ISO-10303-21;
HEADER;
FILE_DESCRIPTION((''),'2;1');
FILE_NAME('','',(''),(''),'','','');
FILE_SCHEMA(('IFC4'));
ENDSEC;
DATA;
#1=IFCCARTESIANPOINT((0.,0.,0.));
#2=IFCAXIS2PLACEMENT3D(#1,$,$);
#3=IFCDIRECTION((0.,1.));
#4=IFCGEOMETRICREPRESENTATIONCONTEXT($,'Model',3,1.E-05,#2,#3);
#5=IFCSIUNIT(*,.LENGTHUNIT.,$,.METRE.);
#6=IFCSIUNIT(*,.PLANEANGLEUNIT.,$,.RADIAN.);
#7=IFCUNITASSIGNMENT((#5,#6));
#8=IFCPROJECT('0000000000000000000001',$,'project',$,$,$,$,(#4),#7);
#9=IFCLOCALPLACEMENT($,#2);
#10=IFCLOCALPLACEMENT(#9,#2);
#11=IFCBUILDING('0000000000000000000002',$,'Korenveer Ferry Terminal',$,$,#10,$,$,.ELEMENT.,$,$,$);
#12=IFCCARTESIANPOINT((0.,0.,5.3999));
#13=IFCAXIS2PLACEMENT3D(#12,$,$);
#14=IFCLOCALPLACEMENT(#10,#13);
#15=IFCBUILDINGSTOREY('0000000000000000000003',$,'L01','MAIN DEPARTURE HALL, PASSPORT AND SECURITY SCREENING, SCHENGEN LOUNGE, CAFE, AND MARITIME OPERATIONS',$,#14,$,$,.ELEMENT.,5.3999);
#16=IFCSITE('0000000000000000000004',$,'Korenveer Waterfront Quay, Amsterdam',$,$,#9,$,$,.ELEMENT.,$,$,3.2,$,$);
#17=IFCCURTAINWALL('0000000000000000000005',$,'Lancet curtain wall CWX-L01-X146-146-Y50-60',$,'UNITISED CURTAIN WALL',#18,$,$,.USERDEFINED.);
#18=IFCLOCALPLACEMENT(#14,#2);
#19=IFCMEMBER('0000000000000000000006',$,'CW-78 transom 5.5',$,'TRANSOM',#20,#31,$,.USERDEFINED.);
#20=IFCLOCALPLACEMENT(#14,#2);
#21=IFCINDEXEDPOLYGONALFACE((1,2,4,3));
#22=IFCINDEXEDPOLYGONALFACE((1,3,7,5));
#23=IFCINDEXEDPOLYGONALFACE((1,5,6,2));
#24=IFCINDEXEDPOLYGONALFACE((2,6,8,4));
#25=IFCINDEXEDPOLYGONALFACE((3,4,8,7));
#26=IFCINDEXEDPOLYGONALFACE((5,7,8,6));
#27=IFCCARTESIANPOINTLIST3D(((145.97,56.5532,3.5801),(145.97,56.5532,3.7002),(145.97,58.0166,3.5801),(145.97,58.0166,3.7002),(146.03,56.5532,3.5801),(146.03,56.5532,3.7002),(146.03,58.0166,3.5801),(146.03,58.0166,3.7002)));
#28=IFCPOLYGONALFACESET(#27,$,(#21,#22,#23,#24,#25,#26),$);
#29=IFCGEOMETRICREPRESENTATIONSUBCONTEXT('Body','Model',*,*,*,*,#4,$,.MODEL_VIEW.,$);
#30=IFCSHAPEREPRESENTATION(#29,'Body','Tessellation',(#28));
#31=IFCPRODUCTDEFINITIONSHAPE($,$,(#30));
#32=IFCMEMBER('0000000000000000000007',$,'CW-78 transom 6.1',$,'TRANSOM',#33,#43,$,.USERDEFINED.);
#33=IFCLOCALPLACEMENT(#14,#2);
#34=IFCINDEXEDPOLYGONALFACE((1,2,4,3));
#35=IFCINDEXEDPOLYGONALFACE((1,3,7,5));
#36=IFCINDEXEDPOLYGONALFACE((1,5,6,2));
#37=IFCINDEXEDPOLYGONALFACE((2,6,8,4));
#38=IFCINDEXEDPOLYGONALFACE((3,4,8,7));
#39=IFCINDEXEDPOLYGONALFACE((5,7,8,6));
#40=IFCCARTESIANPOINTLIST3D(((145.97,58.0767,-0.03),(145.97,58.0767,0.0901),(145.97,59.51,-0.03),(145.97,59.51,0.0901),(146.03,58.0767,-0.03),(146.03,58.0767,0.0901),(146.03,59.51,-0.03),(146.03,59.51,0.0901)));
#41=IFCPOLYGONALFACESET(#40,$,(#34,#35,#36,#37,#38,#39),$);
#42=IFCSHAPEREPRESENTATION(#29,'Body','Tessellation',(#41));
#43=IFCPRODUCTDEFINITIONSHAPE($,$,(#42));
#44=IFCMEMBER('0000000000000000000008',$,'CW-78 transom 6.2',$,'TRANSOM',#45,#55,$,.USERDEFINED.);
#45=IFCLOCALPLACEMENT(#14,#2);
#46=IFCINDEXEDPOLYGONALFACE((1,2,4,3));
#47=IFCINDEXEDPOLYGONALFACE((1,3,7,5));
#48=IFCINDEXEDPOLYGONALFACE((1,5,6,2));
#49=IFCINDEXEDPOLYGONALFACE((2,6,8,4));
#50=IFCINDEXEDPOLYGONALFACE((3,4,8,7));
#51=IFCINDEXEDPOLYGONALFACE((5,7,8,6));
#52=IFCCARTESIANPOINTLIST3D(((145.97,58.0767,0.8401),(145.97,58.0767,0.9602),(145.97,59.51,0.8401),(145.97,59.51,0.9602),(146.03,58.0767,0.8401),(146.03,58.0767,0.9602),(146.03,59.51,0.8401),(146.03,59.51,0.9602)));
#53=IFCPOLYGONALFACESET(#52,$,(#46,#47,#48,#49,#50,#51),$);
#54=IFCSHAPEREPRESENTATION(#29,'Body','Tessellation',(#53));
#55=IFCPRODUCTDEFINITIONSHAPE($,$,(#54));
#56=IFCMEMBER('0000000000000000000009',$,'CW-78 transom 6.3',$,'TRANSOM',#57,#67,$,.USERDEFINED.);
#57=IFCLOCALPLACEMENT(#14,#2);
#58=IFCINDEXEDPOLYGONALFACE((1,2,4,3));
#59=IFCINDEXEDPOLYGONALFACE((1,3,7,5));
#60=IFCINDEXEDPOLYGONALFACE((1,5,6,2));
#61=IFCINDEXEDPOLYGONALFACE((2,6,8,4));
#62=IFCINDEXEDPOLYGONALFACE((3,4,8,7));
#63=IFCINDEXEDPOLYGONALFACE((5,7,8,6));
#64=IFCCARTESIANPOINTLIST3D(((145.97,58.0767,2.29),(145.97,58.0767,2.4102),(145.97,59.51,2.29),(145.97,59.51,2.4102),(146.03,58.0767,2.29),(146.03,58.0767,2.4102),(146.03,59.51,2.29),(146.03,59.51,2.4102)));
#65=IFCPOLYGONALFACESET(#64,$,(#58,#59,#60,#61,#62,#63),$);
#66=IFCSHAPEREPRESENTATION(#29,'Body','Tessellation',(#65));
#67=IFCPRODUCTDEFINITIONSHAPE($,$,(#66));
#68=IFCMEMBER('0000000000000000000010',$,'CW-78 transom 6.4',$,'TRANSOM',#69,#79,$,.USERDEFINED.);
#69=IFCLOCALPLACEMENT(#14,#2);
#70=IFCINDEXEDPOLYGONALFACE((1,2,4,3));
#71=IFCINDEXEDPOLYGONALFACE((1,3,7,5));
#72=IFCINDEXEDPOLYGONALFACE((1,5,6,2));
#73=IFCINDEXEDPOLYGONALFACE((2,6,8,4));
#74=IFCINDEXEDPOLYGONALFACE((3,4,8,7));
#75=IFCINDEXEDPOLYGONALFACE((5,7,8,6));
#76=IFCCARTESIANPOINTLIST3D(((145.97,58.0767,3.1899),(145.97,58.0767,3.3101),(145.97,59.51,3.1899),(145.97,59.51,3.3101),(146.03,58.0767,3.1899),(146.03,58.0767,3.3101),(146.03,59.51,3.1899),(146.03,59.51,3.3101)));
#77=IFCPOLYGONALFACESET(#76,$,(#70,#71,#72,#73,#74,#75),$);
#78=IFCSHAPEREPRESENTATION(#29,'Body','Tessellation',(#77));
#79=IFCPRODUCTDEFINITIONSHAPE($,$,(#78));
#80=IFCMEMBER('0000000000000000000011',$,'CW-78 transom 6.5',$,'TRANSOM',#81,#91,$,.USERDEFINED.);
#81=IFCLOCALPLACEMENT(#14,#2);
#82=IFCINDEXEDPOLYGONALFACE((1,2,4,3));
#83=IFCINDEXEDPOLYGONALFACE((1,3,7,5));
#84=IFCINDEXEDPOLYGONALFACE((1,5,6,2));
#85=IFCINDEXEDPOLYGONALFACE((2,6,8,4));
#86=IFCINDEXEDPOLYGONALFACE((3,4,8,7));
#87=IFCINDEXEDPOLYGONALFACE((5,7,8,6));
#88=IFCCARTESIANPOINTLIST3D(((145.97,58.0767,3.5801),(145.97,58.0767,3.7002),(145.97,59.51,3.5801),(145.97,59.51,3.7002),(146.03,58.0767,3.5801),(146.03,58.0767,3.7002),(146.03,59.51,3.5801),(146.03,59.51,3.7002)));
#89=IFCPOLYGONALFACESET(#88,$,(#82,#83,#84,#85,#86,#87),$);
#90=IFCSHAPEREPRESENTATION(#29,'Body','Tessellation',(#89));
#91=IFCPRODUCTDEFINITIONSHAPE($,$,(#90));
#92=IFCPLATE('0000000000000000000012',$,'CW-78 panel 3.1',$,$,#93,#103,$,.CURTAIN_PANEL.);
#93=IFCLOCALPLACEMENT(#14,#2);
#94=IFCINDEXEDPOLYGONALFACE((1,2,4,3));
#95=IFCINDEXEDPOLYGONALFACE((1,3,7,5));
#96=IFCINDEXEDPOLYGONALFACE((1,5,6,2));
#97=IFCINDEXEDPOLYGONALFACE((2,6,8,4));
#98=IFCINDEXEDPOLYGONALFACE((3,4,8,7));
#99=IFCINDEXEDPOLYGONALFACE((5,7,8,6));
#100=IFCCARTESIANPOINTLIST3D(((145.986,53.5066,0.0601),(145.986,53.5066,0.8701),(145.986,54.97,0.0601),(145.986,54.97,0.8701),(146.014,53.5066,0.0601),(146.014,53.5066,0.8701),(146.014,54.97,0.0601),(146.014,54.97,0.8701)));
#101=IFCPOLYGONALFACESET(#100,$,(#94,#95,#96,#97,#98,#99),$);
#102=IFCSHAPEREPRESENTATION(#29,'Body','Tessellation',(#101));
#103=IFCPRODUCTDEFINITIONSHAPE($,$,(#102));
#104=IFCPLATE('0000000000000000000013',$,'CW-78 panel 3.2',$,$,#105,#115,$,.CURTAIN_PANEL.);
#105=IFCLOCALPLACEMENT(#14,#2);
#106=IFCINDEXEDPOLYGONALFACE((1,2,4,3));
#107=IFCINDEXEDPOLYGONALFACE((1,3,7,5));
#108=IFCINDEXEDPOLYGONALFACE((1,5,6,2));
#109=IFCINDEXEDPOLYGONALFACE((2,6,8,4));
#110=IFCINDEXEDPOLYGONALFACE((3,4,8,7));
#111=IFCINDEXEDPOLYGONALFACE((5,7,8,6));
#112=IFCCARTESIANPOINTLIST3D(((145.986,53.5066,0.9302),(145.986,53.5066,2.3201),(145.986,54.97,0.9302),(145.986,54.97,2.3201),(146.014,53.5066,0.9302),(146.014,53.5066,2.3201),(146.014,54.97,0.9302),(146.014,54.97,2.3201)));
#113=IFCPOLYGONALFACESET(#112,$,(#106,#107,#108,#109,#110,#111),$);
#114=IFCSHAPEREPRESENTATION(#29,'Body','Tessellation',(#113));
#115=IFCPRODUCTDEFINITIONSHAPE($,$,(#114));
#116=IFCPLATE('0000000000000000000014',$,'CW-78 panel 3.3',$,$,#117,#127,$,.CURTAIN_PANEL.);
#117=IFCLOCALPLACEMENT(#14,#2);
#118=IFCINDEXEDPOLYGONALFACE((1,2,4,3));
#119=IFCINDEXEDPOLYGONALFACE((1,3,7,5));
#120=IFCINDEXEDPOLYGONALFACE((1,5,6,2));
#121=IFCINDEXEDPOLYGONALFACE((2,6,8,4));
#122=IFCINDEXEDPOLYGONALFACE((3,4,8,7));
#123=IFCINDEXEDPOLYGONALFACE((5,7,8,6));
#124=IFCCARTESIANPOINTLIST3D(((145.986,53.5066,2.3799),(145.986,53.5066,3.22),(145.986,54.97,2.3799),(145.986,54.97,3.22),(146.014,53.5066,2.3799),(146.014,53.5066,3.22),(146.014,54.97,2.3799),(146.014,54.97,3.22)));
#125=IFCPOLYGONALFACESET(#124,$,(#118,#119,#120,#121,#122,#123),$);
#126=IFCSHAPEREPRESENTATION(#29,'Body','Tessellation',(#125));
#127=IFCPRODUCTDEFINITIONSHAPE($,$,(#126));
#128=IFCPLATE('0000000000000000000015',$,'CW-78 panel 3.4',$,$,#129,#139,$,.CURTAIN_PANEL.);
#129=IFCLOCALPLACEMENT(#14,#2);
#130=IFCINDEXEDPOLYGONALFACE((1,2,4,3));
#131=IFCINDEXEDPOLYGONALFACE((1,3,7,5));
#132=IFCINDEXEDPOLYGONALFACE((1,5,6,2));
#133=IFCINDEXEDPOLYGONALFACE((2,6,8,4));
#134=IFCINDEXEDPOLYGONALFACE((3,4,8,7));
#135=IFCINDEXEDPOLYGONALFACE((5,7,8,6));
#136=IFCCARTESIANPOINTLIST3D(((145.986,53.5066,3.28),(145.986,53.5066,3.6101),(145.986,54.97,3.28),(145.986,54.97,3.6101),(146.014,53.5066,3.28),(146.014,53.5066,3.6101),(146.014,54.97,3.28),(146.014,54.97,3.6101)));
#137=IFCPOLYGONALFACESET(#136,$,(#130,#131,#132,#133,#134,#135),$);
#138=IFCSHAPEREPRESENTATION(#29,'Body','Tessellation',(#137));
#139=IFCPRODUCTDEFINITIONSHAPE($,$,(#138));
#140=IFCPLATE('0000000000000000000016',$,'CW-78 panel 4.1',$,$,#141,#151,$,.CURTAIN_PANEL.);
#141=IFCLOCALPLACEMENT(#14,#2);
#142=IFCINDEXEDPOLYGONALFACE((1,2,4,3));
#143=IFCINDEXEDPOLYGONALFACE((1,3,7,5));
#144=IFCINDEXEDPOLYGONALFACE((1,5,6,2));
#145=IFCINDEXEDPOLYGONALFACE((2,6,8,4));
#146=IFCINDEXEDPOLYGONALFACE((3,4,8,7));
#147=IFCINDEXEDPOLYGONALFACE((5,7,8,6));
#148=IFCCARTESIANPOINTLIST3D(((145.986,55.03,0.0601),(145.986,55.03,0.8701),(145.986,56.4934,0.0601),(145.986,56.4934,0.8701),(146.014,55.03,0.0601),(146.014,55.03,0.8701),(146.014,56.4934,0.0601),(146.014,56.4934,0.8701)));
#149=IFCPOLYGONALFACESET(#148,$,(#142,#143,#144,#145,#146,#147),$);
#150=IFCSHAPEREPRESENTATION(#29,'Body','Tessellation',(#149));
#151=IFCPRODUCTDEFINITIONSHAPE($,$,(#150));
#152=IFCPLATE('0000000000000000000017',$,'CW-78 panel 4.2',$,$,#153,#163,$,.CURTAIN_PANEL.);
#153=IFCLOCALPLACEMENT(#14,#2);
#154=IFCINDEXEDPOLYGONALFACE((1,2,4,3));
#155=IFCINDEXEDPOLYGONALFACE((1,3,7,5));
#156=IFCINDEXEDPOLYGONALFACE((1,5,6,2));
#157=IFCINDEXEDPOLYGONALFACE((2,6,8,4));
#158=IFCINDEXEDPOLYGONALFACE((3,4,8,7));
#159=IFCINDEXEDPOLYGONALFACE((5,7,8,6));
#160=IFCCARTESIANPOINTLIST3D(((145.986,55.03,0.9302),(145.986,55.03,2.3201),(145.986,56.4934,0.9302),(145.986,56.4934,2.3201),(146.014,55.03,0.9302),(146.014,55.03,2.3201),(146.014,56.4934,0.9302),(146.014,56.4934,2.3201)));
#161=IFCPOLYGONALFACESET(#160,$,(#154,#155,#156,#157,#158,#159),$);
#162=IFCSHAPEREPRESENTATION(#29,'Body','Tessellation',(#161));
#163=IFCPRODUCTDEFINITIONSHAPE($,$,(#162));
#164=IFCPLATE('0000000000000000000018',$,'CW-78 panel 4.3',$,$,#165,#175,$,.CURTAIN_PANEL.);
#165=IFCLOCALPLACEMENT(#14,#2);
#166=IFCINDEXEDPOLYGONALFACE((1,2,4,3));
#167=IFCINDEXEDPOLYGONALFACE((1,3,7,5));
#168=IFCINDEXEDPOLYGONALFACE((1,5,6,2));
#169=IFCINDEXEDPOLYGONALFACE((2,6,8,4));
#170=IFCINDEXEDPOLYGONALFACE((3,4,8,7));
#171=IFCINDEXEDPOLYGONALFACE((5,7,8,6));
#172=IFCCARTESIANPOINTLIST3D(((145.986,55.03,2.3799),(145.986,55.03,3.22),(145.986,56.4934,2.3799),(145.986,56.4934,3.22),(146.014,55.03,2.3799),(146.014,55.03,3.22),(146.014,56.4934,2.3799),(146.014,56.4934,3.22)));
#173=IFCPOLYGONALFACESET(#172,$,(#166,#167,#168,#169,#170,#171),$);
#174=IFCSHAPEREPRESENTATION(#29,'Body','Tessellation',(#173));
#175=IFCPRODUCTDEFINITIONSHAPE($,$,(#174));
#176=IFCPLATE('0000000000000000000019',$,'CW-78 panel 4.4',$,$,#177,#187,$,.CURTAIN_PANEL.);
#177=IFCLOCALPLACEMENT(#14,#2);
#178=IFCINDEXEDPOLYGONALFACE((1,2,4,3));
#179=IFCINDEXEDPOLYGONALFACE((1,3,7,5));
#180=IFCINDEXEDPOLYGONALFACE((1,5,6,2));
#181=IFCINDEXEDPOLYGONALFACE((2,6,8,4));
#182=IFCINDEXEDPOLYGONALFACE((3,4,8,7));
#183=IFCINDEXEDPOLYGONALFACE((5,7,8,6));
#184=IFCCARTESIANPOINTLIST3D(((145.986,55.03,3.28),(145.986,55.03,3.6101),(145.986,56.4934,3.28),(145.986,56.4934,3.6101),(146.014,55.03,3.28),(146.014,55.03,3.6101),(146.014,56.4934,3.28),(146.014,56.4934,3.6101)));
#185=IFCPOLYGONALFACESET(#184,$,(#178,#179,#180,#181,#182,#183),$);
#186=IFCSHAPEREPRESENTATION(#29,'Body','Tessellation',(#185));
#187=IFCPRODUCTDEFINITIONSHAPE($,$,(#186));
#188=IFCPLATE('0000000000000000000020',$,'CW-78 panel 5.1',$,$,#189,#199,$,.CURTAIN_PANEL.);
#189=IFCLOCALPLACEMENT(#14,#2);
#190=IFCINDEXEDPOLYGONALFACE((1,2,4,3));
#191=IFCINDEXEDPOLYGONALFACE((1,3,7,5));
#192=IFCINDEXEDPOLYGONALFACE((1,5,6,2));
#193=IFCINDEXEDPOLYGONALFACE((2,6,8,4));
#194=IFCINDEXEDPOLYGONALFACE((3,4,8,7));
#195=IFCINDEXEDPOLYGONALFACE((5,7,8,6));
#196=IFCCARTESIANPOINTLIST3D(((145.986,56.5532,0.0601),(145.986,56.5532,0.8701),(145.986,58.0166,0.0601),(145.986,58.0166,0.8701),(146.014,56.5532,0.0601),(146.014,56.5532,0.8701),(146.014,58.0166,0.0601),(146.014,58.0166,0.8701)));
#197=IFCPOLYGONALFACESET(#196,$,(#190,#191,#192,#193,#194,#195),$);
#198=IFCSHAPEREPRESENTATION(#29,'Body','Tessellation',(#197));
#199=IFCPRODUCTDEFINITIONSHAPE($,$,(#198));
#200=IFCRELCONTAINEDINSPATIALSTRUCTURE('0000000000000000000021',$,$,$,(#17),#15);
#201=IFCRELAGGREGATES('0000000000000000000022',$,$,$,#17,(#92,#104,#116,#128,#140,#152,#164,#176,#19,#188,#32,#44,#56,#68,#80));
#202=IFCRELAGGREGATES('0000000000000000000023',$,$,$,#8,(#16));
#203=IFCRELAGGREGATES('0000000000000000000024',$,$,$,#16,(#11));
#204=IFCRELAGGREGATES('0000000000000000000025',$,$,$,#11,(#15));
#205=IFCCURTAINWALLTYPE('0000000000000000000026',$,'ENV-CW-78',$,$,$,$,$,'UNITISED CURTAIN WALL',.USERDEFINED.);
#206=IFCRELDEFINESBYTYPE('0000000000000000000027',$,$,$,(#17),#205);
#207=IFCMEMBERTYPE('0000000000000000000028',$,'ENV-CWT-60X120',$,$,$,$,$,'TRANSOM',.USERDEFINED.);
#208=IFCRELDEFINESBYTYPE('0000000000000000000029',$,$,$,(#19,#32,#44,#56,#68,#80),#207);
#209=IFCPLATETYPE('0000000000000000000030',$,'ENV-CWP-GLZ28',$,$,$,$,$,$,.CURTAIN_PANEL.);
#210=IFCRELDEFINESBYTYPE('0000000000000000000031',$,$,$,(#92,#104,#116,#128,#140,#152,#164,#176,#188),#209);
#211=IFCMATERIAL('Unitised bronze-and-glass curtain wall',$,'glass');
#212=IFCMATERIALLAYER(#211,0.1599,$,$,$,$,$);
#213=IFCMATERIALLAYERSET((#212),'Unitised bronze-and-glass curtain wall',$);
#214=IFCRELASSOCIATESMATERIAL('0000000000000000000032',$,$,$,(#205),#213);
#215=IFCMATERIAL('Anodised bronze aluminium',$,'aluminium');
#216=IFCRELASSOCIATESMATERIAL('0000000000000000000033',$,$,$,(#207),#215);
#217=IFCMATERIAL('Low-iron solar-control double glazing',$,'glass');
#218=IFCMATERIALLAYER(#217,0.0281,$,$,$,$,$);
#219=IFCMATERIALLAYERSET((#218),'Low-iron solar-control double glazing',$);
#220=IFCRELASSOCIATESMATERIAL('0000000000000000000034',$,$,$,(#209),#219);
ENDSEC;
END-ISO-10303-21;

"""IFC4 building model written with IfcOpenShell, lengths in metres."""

from ifc_helpers import new_model, si_unit, direction, frame, origin, origin_2d, place, context, subcontext, project, spatial, rectangle, extrude, material, layer, layer_set, material_profile, profile_set, type_object, element, aggregate, save


model = new_model("IFC4")

# Units and contexts
model_context = context("Model", 3, precision=1e-05, world=origin(), true_north=direction((0.0, 1.0)))
body_context = subcontext(model_context, "Body", "Model", "MODEL_VIEW")
ifc_project = project(units=[si_unit("LENGTHUNIT", "METRE"), si_unit("PLANEANGLEUNIT", "RADIAN")], contexts=[model_context])

# Site, building, storey
site_placement = place(None, origin())
site = spatial("IfcSite", under=ifc_project, at=site_placement, Name="Korenveer Waterfront Quay, Amsterdam", CompositionType="ELEMENT", RefElevation=3.2)
building_placement = place(site_placement, origin())
building = spatial("IfcBuilding", under=site, at=building_placement, Name="Korenveer Ferry Terminal", CompositionType="ELEMENT")
storey_placement = place(building_placement, frame((0.0, 0.0, 5.3999)))
storey = spatial("IfcBuildingStorey", under=building, at=storey_placement, Name="L01", Description="MAIN DEPARTURE HALL, PASSPORT AND SECURITY SCREENING, SCHENGEN LOUNGE, CAFE, AND MARITIME OPERATIONS", CompositionType="ELEMENT", Elevation=5.3999)

# Curtain wall, members, plates
ifc_material_1 = material(Name="Unitised bronze-and-glass curtain wall", Category="glass")
ifc_layer_1 = layer(ifc_material_1, 0.1599)
ifc_layer_set_1 = layer_set([ifc_layer_1], Name="Unitised bronze-and-glass curtain wall")
curtain_wall_type = type_object("IfcCurtainWallType", Name="ENV-CW-78", ElementType="UNITISED CURTAIN WALL", PredefinedType="USERDEFINED", material=ifc_layer_set_1)
curtain_wall_placement = place(storey_placement, frame((146.0, 50.4299, 0.0)))
curtain_wall = element("IfcCurtainWall", 1, at=curtain_wall_placement, inside=storey, type_object=curtain_wall_type, Name="Lancet curtain wall CWX-L01-X146-146-Y50-60", ObjectType="UNITISED CURTAIN WALL", PredefinedType="USERDEFINED")
ifc_material_2 = material(Name="Anodised bronze aluminium", Category="aluminium")
ifc_material_profile_1 = material_profile(ifc_material_2, rectangle(XDim=0.0601, YDim=0.1201, at=origin_2d()), Name="ALU 60x120")
ifc_profile_set_1 = profile_set([ifc_material_profile_1], Name="Anodised bronze aluminium")
member_type_1 = type_object("IfcMemberType", Name="ENV-CWT-60X120", ElementType="TRANSOM", PredefinedType="USERDEFINED", material=ifc_profile_set_1)
member_1_placement = place(storey_placement, frame((146.0, 56.5532, 3.6401), z_axis=(0.0, 1.0, 0.0), x_axis=(-1.0, 0.0, 0.0)))
member_1 = element("IfcMember", 2, at=member_1_placement, type_object=member_type_1, Name="CW-78 transom 5.5", ObjectType="TRANSOM", PredefinedType="USERDEFINED", context=body_context, shape_type="SweptSolid", body=[
    extrude(rectangle(XDim=0.0601, YDim=0.1201, at=origin_2d()), origin(), (0.0, 0.0, 1.0), 1.4634),
])
member_2_placement = place(storey_placement, frame((146.0, 58.0767, 0.03), z_axis=(0.0, 1.0, 0.0), x_axis=(-1.0, 0.0, 0.0)))
member_2 = element("IfcMember", 3, at=member_2_placement, type_object=member_type_1, Name="CW-78 transom 6.1", ObjectType="TRANSOM", PredefinedType="USERDEFINED", context=body_context, shape_type="SweptSolid", body=[
    extrude(rectangle(XDim=0.0601, YDim=0.1201, at=origin_2d()), origin(), (0.0, 0.0, 1.0), 1.4333),
])
member_3_placement = place(storey_placement, frame((146.0, 58.0767, 0.9001), z_axis=(0.0, 1.0, 0.0), x_axis=(-1.0, 0.0, 0.0)))
member_3 = element("IfcMember", 4, at=member_3_placement, type_object=member_type_1, Name="CW-78 transom 6.2", ObjectType="TRANSOM", PredefinedType="USERDEFINED", context=body_context, shape_type="SweptSolid", body=[
    extrude(rectangle(XDim=0.0601, YDim=0.1201, at=origin_2d()), origin(), (0.0, 0.0, 1.0), 1.4333),
])
member_4_placement = place(storey_placement, frame((146.0, 58.0767, 2.3501), z_axis=(0.0, 1.0, 0.0), x_axis=(-1.0, 0.0, 0.0)))
member_4 = element("IfcMember", 5, at=member_4_placement, type_object=member_type_1, Name="CW-78 transom 6.3", ObjectType="TRANSOM", PredefinedType="USERDEFINED", context=body_context, shape_type="SweptSolid", body=[
    extrude(rectangle(XDim=0.0601, YDim=0.1201, at=origin_2d()), origin(), (0.0, 0.0, 1.0), 1.4333),
])
member_5_placement = place(storey_placement, frame((146.0, 58.0767, 3.25), z_axis=(0.0, 1.0, 0.0), x_axis=(-1.0, 0.0, 0.0)))
member_5 = element("IfcMember", 6, at=member_5_placement, type_object=member_type_1, Name="CW-78 transom 6.4", ObjectType="TRANSOM", PredefinedType="USERDEFINED", context=body_context, shape_type="SweptSolid", body=[
    extrude(rectangle(XDim=0.0601, YDim=0.1201, at=origin_2d()), origin(), (0.0, 0.0, 1.0), 1.4333),
])
member_6_placement = place(storey_placement, frame((146.0, 58.0767, 3.6401), z_axis=(0.0, 1.0, 0.0), x_axis=(-1.0, 0.0, 0.0)))
member_6 = element("IfcMember", 7, at=member_6_placement, type_object=member_type_1, Name="CW-78 transom 6.5", ObjectType="TRANSOM", PredefinedType="USERDEFINED", context=body_context, shape_type="SweptSolid", body=[
    extrude(rectangle(XDim=0.0601, YDim=0.1201, at=origin_2d()), origin(), (0.0, 0.0, 1.0), 1.4333),
])
ifc_material_3 = material(Name="Low-iron solar-control double glazing", Category="glass")
ifc_layer_2 = layer(ifc_material_3, 0.0281)
ifc_layer_set_2 = layer_set([ifc_layer_2], Name="Low-iron solar-control double glazing")
plate_type = type_object("IfcPlateType", Name="ENV-CWP-GLZ28", PredefinedType="CURTAIN_PANEL", material=ifc_layer_set_2)
plate_1_placement = place(storey_placement, frame((146.0, 54.2383, 0.0601), z_axis=(0.0, 0.0, 1.0), x_axis=(0.0, 1.0, 0.0)))
plate_1 = element("IfcPlate", 8, at=plate_1_placement, type_object=plate_type, Name="CW-78 panel 3.1", PredefinedType="CURTAIN_PANEL", context=body_context, shape_type="SweptSolid", body=[
    extrude(rectangle(XDim=1.4634, YDim=0.0281, at=origin_2d()), origin(), (0.0, 0.0, 1.0), 0.8101),
])
plate_2_placement = place(storey_placement, frame((146.0, 54.2383, 0.9302), z_axis=(0.0, 0.0, 1.0), x_axis=(0.0, 1.0, 0.0)))
plate_2 = element("IfcPlate", 9, at=plate_2_placement, type_object=plate_type, Name="CW-78 panel 3.2", PredefinedType="CURTAIN_PANEL", context=body_context, shape_type="SweptSolid", body=[
    extrude(rectangle(XDim=1.4634, YDim=0.0281, at=origin_2d()), origin(), (0.0, 0.0, 1.0), 1.3899),
])
plate_3_placement = place(storey_placement, frame((146.0, 54.2383, 2.3799), z_axis=(0.0, 0.0, 1.0), x_axis=(0.0, 1.0, 0.0)))
plate_3 = element("IfcPlate", 10, at=plate_3_placement, type_object=plate_type, Name="CW-78 panel 3.3", PredefinedType="CURTAIN_PANEL", context=body_context, shape_type="SweptSolid", body=[
    extrude(rectangle(XDim=1.4634, YDim=0.0281, at=origin_2d()), origin(), (0.0, 0.0, 1.0), 0.8401),
])
plate_4_placement = place(storey_placement, frame((146.0, 54.2383, 3.28), z_axis=(0.0, 0.0, 1.0), x_axis=(0.0, 1.0, 0.0)))
plate_4 = element("IfcPlate", 11, at=plate_4_placement, type_object=plate_type, Name="CW-78 panel 3.4", PredefinedType="CURTAIN_PANEL", context=body_context, shape_type="SweptSolid", body=[
    extrude(rectangle(XDim=1.4634, YDim=0.0281, at=origin_2d()), origin(), (0.0, 0.0, 1.0), 0.3301),
])
plate_5_placement = place(storey_placement, frame((146.0, 55.7617, 0.0601), z_axis=(0.0, 0.0, 1.0), x_axis=(0.0, 1.0, 0.0)))
plate_5 = element("IfcPlate", 12, at=plate_5_placement, type_object=plate_type, Name="CW-78 panel 4.1", PredefinedType="CURTAIN_PANEL", context=body_context, shape_type="SweptSolid", body=[
    extrude(rectangle(XDim=1.4634, YDim=0.0281, at=origin_2d()), origin(), (0.0, 0.0, 1.0), 0.8101),
])
plate_6_placement = place(storey_placement, frame((146.0, 55.7617, 0.9302), z_axis=(0.0, 0.0, 1.0), x_axis=(0.0, 1.0, 0.0)))
plate_6 = element("IfcPlate", 13, at=plate_6_placement, type_object=plate_type, Name="CW-78 panel 4.2", PredefinedType="CURTAIN_PANEL", context=body_context, shape_type="SweptSolid", body=[
    extrude(rectangle(XDim=1.4634, YDim=0.0281, at=origin_2d()), origin(), (0.0, 0.0, 1.0), 1.3899),
])
plate_7_placement = place(storey_placement, frame((146.0, 55.7617, 2.3799), z_axis=(0.0, 0.0, 1.0), x_axis=(0.0, 1.0, 0.0)))
plate_7 = element("IfcPlate", 14, at=plate_7_placement, type_object=plate_type, Name="CW-78 panel 4.3", PredefinedType="CURTAIN_PANEL", context=body_context, shape_type="SweptSolid", body=[
    extrude(rectangle(XDim=1.4634, YDim=0.0281, at=origin_2d()), origin(), (0.0, 0.0, 1.0), 0.8401),
])
plate_8_placement = place(storey_placement, frame((146.0, 55.7617, 3.28), z_axis=(0.0, 0.0, 1.0), x_axis=(0.0, 1.0, 0.0)))
plate_8 = element("IfcPlate", 15, at=plate_8_placement, type_object=plate_type, Name="CW-78 panel 4.4", PredefinedType="CURTAIN_PANEL", context=body_context, shape_type="SweptSolid", body=[
    extrude(rectangle(XDim=1.4634, YDim=0.0281, at=origin_2d()), origin(), (0.0, 0.0, 1.0), 0.3301),
])
plate_9_placement = place(storey_placement, frame((146.0, 57.2849, 0.0601), z_axis=(0.0, 0.0, 1.0), x_axis=(0.0, 1.0, 0.0)))
plate_9 = element("IfcPlate", 16, at=plate_9_placement, type_object=plate_type, Name="CW-78 panel 5.1", PredefinedType="CURTAIN_PANEL", context=body_context, shape_type="SweptSolid", body=[
    extrude(rectangle(XDim=1.4634, YDim=0.0281, at=origin_2d()), origin(), (0.0, 0.0, 1.0), 0.8101),
])
aggregate(curtain_wall, [plate_1, plate_2, plate_3, plate_4, plate_5, plate_6, plate_7, plate_8, member_1, plate_9, member_2, member_3, member_4, member_5, member_6])

save(model, "model.ifc")
